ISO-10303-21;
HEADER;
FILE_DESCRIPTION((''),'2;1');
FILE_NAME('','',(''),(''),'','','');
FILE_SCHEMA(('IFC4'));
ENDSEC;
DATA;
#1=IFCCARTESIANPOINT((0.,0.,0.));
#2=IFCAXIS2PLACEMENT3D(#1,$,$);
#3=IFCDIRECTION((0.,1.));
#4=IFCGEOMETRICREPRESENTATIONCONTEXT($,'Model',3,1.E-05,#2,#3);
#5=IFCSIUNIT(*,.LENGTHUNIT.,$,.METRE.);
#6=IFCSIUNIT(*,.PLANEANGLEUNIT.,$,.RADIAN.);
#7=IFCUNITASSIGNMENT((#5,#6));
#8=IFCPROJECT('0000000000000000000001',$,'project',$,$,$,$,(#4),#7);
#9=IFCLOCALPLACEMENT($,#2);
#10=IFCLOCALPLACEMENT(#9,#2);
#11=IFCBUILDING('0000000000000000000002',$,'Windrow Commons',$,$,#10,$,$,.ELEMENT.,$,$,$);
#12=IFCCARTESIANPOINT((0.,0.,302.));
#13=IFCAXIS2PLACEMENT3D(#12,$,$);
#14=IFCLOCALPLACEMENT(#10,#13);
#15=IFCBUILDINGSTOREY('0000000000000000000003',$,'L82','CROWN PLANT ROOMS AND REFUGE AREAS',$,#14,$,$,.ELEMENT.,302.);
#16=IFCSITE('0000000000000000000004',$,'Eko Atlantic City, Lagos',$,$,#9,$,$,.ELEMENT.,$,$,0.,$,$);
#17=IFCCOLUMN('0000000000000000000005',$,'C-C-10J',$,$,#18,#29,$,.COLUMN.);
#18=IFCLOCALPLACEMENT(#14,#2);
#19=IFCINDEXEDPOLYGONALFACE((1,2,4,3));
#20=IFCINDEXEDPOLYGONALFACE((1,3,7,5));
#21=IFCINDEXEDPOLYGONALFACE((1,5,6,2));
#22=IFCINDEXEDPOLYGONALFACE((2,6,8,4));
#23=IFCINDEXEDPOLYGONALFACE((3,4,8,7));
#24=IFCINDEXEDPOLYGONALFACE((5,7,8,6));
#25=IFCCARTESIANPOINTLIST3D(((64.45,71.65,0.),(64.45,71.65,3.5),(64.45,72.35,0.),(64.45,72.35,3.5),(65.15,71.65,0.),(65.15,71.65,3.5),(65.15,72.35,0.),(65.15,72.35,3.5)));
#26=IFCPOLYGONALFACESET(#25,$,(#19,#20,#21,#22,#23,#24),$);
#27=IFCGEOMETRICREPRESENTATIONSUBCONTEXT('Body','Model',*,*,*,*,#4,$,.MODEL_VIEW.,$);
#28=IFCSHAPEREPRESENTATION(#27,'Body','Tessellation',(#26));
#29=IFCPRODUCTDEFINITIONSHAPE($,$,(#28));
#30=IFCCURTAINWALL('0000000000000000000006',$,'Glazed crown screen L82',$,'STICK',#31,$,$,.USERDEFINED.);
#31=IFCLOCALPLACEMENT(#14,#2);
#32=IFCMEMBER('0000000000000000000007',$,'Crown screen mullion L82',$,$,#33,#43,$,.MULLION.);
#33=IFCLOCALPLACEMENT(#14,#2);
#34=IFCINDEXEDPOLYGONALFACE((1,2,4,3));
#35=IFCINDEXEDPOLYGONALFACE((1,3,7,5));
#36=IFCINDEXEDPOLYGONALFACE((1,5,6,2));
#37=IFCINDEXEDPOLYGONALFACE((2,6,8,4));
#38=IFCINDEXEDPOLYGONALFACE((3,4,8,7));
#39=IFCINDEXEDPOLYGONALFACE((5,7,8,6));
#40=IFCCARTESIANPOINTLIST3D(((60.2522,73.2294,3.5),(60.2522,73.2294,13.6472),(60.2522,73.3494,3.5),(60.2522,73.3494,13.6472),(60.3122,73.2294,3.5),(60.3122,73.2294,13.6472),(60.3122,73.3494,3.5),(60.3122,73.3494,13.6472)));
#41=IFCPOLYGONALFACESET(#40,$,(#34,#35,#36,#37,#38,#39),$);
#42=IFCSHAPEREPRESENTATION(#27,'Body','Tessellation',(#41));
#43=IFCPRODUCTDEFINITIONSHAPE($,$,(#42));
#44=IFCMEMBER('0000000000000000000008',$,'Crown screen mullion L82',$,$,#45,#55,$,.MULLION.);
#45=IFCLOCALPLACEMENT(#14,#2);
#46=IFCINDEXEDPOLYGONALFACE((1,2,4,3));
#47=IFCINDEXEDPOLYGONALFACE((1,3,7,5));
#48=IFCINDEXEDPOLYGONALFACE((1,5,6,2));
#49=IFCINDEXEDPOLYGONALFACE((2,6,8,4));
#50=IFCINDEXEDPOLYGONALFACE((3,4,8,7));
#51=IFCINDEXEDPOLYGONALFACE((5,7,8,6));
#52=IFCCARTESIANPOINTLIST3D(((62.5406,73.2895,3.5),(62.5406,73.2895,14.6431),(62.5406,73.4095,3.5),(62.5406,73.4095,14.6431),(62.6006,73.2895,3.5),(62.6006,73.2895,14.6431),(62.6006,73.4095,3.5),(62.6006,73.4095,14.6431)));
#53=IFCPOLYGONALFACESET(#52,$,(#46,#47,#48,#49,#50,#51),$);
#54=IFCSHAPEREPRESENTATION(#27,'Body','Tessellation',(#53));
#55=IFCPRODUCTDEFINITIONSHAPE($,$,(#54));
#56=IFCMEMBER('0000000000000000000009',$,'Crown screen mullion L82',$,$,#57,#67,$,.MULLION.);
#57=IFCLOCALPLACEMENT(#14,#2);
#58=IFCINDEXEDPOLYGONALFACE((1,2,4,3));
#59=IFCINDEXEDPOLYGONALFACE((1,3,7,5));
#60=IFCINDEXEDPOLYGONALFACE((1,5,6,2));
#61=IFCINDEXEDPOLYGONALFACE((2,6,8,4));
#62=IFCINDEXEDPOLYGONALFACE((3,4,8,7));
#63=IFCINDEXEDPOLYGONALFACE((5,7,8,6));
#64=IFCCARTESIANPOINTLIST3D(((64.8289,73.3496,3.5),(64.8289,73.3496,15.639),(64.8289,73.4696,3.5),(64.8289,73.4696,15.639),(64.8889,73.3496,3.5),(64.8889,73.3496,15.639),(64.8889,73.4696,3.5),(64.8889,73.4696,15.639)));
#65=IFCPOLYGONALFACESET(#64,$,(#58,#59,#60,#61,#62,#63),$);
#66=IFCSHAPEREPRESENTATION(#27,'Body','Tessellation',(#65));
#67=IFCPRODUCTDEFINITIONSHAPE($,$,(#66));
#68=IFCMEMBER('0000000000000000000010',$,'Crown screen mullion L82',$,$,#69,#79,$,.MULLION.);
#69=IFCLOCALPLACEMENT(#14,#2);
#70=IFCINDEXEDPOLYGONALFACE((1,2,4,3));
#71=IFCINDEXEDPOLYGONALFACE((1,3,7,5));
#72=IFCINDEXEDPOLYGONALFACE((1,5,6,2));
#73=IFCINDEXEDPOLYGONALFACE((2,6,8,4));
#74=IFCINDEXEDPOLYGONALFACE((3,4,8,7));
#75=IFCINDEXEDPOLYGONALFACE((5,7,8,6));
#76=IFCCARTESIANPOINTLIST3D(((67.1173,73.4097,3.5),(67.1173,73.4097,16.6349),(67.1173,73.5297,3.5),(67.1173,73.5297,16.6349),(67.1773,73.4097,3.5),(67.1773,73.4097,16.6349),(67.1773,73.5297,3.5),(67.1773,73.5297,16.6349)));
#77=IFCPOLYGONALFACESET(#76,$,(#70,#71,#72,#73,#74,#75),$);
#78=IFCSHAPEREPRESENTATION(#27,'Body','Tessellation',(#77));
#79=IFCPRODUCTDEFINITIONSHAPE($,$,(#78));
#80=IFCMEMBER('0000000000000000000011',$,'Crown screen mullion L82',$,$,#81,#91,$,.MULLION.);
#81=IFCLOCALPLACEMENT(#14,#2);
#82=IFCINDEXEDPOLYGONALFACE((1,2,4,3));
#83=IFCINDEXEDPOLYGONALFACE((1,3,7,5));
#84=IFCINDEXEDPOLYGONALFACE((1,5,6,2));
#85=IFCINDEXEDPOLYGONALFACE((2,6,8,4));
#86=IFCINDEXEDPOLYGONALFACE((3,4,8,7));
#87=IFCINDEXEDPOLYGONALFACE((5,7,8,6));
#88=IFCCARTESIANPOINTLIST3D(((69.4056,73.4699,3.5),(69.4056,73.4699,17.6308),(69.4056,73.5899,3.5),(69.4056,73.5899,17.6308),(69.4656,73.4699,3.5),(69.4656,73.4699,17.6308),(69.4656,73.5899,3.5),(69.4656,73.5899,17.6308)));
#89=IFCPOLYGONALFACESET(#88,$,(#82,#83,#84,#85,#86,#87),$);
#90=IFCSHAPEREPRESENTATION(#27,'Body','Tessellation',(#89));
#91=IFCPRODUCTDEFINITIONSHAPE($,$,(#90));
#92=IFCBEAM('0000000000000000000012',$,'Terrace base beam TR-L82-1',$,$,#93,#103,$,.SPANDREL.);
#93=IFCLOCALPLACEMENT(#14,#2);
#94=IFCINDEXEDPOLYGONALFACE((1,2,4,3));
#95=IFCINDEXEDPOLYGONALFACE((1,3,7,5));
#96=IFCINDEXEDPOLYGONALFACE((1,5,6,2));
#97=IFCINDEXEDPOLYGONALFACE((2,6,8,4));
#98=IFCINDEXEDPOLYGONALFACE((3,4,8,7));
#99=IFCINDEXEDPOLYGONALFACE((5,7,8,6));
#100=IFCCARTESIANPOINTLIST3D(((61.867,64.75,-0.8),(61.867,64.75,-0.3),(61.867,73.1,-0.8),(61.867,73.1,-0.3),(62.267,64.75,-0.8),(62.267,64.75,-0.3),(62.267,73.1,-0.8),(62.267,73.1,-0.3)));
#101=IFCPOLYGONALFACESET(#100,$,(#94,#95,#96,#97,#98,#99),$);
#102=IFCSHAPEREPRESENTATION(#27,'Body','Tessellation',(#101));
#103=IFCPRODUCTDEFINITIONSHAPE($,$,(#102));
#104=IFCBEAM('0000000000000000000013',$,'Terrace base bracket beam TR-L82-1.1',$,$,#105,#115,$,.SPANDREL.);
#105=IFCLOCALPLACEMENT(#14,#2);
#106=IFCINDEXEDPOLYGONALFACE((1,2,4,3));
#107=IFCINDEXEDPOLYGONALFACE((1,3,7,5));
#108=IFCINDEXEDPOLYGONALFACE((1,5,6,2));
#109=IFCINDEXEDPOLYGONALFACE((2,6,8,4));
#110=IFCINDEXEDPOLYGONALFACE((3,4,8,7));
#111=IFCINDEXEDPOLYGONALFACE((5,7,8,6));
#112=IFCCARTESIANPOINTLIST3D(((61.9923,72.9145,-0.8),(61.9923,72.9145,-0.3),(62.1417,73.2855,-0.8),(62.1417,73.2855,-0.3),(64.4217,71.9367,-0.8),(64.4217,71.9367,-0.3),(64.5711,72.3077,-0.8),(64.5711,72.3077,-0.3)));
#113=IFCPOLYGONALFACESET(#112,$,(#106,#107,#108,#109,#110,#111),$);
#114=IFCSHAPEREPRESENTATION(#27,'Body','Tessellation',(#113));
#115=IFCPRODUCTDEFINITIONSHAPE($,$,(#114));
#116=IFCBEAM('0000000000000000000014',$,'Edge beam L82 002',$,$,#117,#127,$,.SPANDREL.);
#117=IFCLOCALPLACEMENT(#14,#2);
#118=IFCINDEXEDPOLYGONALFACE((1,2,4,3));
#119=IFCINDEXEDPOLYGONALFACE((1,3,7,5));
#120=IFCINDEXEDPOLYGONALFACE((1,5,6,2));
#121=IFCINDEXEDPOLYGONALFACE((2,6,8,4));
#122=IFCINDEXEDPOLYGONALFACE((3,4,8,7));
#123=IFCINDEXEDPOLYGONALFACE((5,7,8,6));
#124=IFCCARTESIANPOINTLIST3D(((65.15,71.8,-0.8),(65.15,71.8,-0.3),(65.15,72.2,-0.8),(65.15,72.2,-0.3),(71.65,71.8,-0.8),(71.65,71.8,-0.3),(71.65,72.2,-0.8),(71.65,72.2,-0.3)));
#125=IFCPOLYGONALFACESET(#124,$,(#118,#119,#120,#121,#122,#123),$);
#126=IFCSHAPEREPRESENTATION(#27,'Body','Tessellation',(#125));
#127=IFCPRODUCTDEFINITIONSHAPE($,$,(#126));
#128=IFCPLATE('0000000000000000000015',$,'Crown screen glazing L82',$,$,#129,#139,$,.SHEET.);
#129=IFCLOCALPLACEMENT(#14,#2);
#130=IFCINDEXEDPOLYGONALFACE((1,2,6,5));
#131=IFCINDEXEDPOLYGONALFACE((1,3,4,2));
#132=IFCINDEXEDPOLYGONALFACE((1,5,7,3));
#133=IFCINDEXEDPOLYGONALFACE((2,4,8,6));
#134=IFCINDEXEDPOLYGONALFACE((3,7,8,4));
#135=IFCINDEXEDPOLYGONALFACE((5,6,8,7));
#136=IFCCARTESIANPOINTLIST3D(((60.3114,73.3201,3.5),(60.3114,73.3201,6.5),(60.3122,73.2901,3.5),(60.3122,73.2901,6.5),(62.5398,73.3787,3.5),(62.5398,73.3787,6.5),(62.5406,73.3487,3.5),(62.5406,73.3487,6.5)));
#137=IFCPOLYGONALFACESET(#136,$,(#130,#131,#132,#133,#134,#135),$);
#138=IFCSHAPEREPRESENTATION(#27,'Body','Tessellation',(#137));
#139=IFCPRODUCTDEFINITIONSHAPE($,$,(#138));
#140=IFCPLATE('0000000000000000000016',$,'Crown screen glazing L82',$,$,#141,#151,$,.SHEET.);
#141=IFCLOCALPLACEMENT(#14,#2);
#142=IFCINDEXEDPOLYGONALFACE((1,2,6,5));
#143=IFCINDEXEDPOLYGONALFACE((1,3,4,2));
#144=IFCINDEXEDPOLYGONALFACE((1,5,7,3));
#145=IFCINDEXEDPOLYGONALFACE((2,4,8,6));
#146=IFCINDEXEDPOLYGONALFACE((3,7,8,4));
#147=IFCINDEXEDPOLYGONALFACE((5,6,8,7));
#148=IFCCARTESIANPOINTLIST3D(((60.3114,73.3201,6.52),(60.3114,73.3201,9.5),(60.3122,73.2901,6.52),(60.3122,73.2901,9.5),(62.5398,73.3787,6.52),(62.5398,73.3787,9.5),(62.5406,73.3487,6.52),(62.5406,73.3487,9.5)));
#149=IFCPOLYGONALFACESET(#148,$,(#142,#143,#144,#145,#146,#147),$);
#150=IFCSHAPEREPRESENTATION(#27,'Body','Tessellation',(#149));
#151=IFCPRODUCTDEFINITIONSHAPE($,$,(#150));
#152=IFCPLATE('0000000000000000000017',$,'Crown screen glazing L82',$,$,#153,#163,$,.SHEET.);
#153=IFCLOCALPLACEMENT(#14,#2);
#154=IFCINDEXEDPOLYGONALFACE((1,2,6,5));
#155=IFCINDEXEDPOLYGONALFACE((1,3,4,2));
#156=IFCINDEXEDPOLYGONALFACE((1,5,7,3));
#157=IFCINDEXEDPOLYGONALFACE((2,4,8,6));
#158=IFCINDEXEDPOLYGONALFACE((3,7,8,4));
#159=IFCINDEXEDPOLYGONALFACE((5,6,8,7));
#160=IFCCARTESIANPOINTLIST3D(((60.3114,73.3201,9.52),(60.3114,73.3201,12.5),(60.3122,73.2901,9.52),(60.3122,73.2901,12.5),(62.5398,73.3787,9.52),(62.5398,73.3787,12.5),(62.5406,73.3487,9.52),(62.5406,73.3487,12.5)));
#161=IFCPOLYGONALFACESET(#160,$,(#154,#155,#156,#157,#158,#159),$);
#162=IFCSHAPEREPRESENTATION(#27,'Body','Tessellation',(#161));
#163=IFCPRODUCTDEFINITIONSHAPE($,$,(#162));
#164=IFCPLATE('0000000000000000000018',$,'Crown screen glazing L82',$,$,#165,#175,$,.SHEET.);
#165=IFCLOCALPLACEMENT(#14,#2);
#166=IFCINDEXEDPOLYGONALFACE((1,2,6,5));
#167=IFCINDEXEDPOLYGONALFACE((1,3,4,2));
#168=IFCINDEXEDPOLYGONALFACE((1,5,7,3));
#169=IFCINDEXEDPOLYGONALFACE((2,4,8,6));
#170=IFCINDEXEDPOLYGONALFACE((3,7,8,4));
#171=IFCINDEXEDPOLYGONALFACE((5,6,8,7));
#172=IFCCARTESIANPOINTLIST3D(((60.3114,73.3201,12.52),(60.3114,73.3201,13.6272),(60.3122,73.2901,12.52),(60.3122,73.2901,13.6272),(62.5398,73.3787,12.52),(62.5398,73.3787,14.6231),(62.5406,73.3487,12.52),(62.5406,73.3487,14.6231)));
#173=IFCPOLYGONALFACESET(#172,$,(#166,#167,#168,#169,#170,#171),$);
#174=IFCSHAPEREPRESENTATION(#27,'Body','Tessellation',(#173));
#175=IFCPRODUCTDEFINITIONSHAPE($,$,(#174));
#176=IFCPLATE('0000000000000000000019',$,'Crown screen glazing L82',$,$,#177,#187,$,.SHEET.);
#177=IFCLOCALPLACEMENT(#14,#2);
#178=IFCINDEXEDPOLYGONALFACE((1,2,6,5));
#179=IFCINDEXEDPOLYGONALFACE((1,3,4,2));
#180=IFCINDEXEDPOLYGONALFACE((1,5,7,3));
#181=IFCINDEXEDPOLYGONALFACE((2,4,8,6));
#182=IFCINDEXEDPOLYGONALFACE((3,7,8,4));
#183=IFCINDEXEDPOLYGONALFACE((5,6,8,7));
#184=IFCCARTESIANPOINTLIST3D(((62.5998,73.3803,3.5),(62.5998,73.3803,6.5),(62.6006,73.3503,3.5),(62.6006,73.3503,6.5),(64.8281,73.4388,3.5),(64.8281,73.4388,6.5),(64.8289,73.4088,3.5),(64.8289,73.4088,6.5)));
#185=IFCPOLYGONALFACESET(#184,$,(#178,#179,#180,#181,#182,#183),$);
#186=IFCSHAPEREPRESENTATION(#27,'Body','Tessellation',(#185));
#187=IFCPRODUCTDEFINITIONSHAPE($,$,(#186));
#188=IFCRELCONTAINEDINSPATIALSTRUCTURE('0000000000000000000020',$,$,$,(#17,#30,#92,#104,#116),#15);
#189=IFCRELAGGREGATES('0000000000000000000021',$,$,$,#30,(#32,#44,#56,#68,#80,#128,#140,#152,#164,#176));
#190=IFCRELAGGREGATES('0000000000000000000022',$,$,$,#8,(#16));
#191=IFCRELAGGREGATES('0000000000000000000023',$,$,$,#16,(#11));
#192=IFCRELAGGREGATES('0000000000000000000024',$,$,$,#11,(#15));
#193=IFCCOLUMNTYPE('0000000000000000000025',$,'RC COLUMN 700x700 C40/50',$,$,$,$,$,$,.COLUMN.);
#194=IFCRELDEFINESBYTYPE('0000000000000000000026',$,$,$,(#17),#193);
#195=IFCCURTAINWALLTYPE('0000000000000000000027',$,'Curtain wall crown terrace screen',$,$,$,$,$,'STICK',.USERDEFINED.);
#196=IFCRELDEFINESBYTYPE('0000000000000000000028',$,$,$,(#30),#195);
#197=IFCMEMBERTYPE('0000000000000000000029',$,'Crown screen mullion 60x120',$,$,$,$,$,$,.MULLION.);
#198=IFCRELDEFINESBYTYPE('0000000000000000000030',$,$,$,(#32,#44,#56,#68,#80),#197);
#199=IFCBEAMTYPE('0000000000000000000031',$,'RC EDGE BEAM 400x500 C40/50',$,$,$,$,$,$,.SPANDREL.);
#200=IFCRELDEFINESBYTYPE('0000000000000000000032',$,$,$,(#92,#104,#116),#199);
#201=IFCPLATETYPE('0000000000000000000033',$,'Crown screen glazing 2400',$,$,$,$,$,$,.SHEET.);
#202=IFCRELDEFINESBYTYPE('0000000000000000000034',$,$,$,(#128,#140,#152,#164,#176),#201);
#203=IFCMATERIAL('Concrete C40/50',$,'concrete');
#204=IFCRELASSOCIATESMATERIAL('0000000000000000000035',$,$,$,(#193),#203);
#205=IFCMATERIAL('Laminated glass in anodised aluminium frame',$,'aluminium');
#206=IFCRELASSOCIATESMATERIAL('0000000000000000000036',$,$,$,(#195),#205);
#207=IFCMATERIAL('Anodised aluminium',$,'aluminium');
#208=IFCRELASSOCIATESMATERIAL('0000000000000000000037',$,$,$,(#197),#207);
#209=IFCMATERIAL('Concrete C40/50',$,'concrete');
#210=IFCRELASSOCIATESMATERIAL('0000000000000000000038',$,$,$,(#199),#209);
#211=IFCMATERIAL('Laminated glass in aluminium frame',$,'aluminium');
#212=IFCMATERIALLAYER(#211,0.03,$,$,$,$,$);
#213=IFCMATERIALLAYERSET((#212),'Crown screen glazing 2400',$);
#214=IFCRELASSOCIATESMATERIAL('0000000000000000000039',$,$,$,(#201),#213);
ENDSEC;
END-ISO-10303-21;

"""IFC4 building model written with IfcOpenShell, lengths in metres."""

from ifc_helpers import new_model, si_unit, direction, frame, origin, origin_2d, place, context, subcontext, project, spatial, polyline, rectangle, outline, extrude, material, layer, layer_set, material_profile, profile_set, type_object, element, aggregate, save


model = new_model("IFC4")

# Units and contexts
model_context = context("Model", 3, precision=1e-05, world=origin(), true_north=direction((0.0, 1.0)))
body_context = subcontext(model_context, "Body", "Model", "MODEL_VIEW")
ifc_project = project(units=[si_unit("LENGTHUNIT", "METRE"), si_unit("PLANEANGLEUNIT", "RADIAN")], contexts=[model_context])

# Site, building, storey
site_placement = place(None, origin())
site = spatial("IfcSite", under=ifc_project, at=site_placement, Name="Eko Atlantic City, Lagos", CompositionType="ELEMENT", RefElevation=0.0)
building_placement = place(site_placement, origin())
building = spatial("IfcBuilding", under=site, at=building_placement, Name="Windrow Commons", CompositionType="ELEMENT")
storey_placement = place(building_placement, frame((0.0, 0.0, 302.0)))
storey = spatial("IfcBuildingStorey", under=building, at=storey_placement, Name="L82", Description="CROWN PLANT ROOMS AND REFUGE AREAS", CompositionType="ELEMENT", Elevation=302.0)

# Column
ifc_material_1 = material(Name="Concrete C40/50", Category="concrete")
ifc_material_profile_1 = material_profile(ifc_material_1, rectangle(XDim=0.7, YDim=0.7, at=origin_2d()))
ifc_profile_set_1 = profile_set([ifc_material_profile_1], Name="Concrete C40/50")
column_type = type_object("IfcColumnType", Name="RC COLUMN 700x700 C40/50", PredefinedType="COLUMN", material=ifc_profile_set_1)
column_placement = place(storey_placement, frame((64.8, 72.0, 0.0), z_axis=(0.0, 0.0, 1.0), x_axis=(1.0, 0.0, 0.0)))
element("IfcColumn", 1, at=column_placement, inside=storey, type_object=column_type, Name="C-C-10J", PredefinedType="COLUMN", context=body_context, shape_type="SweptSolid", body=[
    extrude(rectangle(XDim=0.7, YDim=0.7, at=origin_2d()), origin(), (0.0, 0.0, 1.0), 3.5),
])

# Curtain wall, members
ifc_material_2 = material(Name="Laminated glass in anodised aluminium frame", Category="aluminium")
curtain_wall_type = type_object("IfcCurtainWallType", Name="Curtain wall crown terrace screen", ElementType="STICK", PredefinedType="USERDEFINED", material=ifc_material_2)
curtain_wall_placement = place(storey_placement, origin())
curtain_wall = element("IfcCurtainWall", 2, at=curtain_wall_placement, inside=storey, type_object=curtain_wall_type, Name="Glazed crown screen L82", ObjectType="STICK", PredefinedType="USERDEFINED")
ifc_material_3 = material(Name="Anodised aluminium", Category="aluminium")
ifc_material_profile_2 = material_profile(ifc_material_3, rectangle(XDim=0.06, YDim=0.12, at=origin_2d()))
ifc_profile_set_2 = profile_set([ifc_material_profile_2], Name="Anodised aluminium")
member_type = type_object("IfcMemberType", Name="Crown screen mullion 60x120", PredefinedType="MULLION", material=ifc_profile_set_2)
member_1_placement = place(storey_placement, frame((60.2822, 73.2894, 3.5), z_axis=(0.0, 0.0, 1.0), x_axis=(1.0, 0.0, 0.0)))
member_1 = element("IfcMember", 3, at=member_1_placement, type_object=member_type, Name="Crown screen mullion L82", PredefinedType="MULLION", context=body_context, shape_type="SweptSolid", body=[
    extrude(rectangle(XDim=0.06, YDim=0.12, at=origin_2d()), origin(), (0.0, 0.0, 1.0), 10.1472),
])
member_2_placement = place(storey_placement, frame((62.5706, 73.3495, 3.5), z_axis=(0.0, 0.0, 1.0), x_axis=(1.0, 0.0, 0.0)))
member_2 = element("IfcMember", 4, at=member_2_placement, type_object=member_type, Name="Crown screen mullion L82", PredefinedType="MULLION", context=body_context, shape_type="SweptSolid", body=[
    extrude(rectangle(XDim=0.06, YDim=0.12, at=origin_2d()), origin(), (0.0, 0.0, 1.0), 11.1431),
])
member_3_placement = place(storey_placement, frame((64.8589, 73.4096, 3.5), z_axis=(0.0, 0.0, 1.0), x_axis=(1.0, 0.0, 0.0)))
member_3 = element("IfcMember", 5, at=member_3_placement, type_object=member_type, Name="Crown screen mullion L82", PredefinedType="MULLION", context=body_context, shape_type="SweptSolid", body=[
    extrude(rectangle(XDim=0.06, YDim=0.12, at=origin_2d()), origin(), (0.0, 0.0, 1.0), 12.139),
])
member_4_placement = place(storey_placement, frame((67.1473, 73.4697, 3.5), z_axis=(0.0, 0.0, 1.0), x_axis=(1.0, 0.0, 0.0)))
member_4 = element("IfcMember", 6, at=member_4_placement, type_object=member_type, Name="Crown screen mullion L82", PredefinedType="MULLION", context=body_context, shape_type="SweptSolid", body=[
    extrude(rectangle(XDim=0.06, YDim=0.12, at=origin_2d()), origin(), (0.0, 0.0, 1.0), 13.1349),
])
member_5_placement = place(storey_placement, frame((69.4356, 73.5299, 3.5), z_axis=(0.0, 0.0, 1.0), x_axis=(1.0, 0.0, 0.0)))
member_5 = element("IfcMember", 7, at=member_5_placement, type_object=member_type, Name="Crown screen mullion L82", PredefinedType="MULLION", context=body_context, shape_type="SweptSolid", body=[
    extrude(rectangle(XDim=0.06, YDim=0.12, at=origin_2d()), origin(), (0.0, 0.0, 1.0), 14.1308),
])

# Beams
ifc_material_4 = material(Name="Concrete C40/50", Category="concrete")
ifc_material_profile_3 = material_profile(ifc_material_4, rectangle(XDim=0.4, YDim=0.5, at=origin_2d()))
ifc_profile_set_3 = profile_set([ifc_material_profile_3], Name="Concrete C40/50")
beam_type = type_object("IfcBeamType", Name="RC EDGE BEAM 400x500 C40/50", PredefinedType="SPANDREL", material=ifc_profile_set_3)
beam_1_placement = place(storey_placement, frame((62.067, 73.1, -0.55), z_axis=(0.0, -1.0, 0.0), x_axis=(1.0, 0.0, 0.0)))
element("IfcBeam", 8, at=beam_1_placement, inside=storey, type_object=beam_type, Name="Terrace base beam TR-L82-1", PredefinedType="SPANDREL", context=body_context, shape_type="SweptSolid", body=[
    extrude(rectangle(XDim=0.4, YDim=0.5, at=origin_2d()), origin(), (0.0, 0.0, 1.0), 8.35),
])
beam_2_placement = place(storey_placement, frame((64.4964, 72.1222, -0.55), z_axis=(-0.927679, 0.373378, 0.0), x_axis=(-0.373378, -0.927679, 0.0)))
element("IfcBeam", 9, at=beam_2_placement, inside=storey, type_object=beam_type, Name="Terrace base bracket beam TR-L82-1.1", PredefinedType="SPANDREL", context=body_context, shape_type="SweptSolid", body=[
    extrude(rectangle(XDim=0.4, YDim=0.5, at=origin_2d()), origin(), (0.0, 0.0, 1.0), 2.6188),
])
beam_3_placement = place(storey_placement, frame((65.15, 72.0, -0.55), z_axis=(1.0, 0.0, 0.0), x_axis=(0.0, 1.0, 0.0)))
element("IfcBeam", 10, at=beam_3_placement, inside=storey, type_object=beam_type, Name="Edge beam L82 002", PredefinedType="SPANDREL", context=body_context, shape_type="SweptSolid", body=[
    extrude(rectangle(XDim=0.4, YDim=0.5, at=origin_2d()), origin(), (0.0, 0.0, 1.0), 6.5),
])

# Plates
ifc_material_5 = material(Name="Laminated glass in aluminium frame", Category="aluminium")
ifc_layer_1 = layer(ifc_material_5, 0.03)
ifc_layer_set_1 = layer_set([ifc_layer_1], Name="Crown screen glazing 2400")
plate_type = type_object("IfcPlateType", Name="Crown screen glazing 2400", PredefinedType="SHEET", material=ifc_layer_set_1)
plate_1_placement = place(storey_placement, frame((60.3122, 73.2901, 3.5), z_axis=(0.026288, -0.999654, 0.0), x_axis=(0.999654, 0.026288, 0.0)))
plate_1 = element("IfcPlate", 11, at=plate_1_placement, type_object=plate_type, Name="Crown screen glazing L82", PredefinedType="SHEET", context=body_context, shape_type="SweptSolid", body=[
    extrude(outline(polyline([(0.0, 0.0), (2.2292, 0.0), (2.2292, 3.0), (0.0, 3.0), (0.0, 0.0)])), origin(), (0.0, 0.0, -1.0), 0.03),
])
plate_2_placement = place(storey_placement, frame((60.3122, 73.2901, 6.52), z_axis=(0.026288, -0.999654, 0.0), x_axis=(0.999654, 0.026288, 0.0)))
plate_2 = element("IfcPlate", 12, at=plate_2_placement, type_object=plate_type, Name="Crown screen glazing L82", PredefinedType="SHEET", context=body_context, shape_type="SweptSolid", body=[
    extrude(outline(polyline([(0.0, 0.0), (2.2292, 0.0), (2.2292, 2.98), (0.0, 2.98), (0.0, 0.0)])), origin(), (0.0, 0.0, -1.0), 0.03),
])
plate_3_placement = place(storey_placement, frame((60.3122, 73.2901, 9.52), z_axis=(0.026288, -0.999654, 0.0), x_axis=(0.999654, 0.026288, 0.0)))
plate_3 = element("IfcPlate", 13, at=plate_3_placement, type_object=plate_type, Name="Crown screen glazing L82", PredefinedType="SHEET", context=body_context, shape_type="SweptSolid", body=[
    extrude(outline(polyline([(0.0, 0.0), (2.2292, 0.0), (2.2292, 2.98), (0.0, 2.98), (0.0, 0.0)])), origin(), (0.0, 0.0, -1.0), 0.03),
])
plate_4_placement = place(storey_placement, frame((60.3122, 73.2901, 12.52), z_axis=(0.026288, -0.999654, 0.0), x_axis=(0.999654, 0.026288, 0.0)))
plate_4 = element("IfcPlate", 14, at=plate_4_placement, type_object=plate_type, Name="Crown screen glazing L82", PredefinedType="SHEET", context=body_context, shape_type="SweptSolid", body=[
    extrude(outline(polyline([(0.0, 0.0), (2.2292, 0.0), (2.2292, 2.1031), (0.0, 1.1072), (0.0, 0.0)])), origin(), (0.0, 0.0, -1.0), 0.03),
])
plate_5_placement = place(storey_placement, frame((62.6006, 73.3503, 3.5), z_axis=(0.026244, -0.999656, 0.0), x_axis=(0.999656, 0.026244, 0.0)))
plate_5 = element("IfcPlate", 15, at=plate_5_placement, type_object=plate_type, Name="Crown screen glazing L82", PredefinedType="SHEET", context=body_context, shape_type="SweptSolid", body=[
    extrude(outline(polyline([(0.0, 0.0), (2.2291, 0.0), (2.2291, 3.0), (0.0, 3.0), (0.0, 0.0)])), origin(), (0.0, 0.0, -1.0), 0.03),
])
aggregate(curtain_wall, [member_1, member_2, member_3, member_4, member_5, plate_1, plate_2, plate_3, plate_4, plate_5])

save(model, "model.ifc")
